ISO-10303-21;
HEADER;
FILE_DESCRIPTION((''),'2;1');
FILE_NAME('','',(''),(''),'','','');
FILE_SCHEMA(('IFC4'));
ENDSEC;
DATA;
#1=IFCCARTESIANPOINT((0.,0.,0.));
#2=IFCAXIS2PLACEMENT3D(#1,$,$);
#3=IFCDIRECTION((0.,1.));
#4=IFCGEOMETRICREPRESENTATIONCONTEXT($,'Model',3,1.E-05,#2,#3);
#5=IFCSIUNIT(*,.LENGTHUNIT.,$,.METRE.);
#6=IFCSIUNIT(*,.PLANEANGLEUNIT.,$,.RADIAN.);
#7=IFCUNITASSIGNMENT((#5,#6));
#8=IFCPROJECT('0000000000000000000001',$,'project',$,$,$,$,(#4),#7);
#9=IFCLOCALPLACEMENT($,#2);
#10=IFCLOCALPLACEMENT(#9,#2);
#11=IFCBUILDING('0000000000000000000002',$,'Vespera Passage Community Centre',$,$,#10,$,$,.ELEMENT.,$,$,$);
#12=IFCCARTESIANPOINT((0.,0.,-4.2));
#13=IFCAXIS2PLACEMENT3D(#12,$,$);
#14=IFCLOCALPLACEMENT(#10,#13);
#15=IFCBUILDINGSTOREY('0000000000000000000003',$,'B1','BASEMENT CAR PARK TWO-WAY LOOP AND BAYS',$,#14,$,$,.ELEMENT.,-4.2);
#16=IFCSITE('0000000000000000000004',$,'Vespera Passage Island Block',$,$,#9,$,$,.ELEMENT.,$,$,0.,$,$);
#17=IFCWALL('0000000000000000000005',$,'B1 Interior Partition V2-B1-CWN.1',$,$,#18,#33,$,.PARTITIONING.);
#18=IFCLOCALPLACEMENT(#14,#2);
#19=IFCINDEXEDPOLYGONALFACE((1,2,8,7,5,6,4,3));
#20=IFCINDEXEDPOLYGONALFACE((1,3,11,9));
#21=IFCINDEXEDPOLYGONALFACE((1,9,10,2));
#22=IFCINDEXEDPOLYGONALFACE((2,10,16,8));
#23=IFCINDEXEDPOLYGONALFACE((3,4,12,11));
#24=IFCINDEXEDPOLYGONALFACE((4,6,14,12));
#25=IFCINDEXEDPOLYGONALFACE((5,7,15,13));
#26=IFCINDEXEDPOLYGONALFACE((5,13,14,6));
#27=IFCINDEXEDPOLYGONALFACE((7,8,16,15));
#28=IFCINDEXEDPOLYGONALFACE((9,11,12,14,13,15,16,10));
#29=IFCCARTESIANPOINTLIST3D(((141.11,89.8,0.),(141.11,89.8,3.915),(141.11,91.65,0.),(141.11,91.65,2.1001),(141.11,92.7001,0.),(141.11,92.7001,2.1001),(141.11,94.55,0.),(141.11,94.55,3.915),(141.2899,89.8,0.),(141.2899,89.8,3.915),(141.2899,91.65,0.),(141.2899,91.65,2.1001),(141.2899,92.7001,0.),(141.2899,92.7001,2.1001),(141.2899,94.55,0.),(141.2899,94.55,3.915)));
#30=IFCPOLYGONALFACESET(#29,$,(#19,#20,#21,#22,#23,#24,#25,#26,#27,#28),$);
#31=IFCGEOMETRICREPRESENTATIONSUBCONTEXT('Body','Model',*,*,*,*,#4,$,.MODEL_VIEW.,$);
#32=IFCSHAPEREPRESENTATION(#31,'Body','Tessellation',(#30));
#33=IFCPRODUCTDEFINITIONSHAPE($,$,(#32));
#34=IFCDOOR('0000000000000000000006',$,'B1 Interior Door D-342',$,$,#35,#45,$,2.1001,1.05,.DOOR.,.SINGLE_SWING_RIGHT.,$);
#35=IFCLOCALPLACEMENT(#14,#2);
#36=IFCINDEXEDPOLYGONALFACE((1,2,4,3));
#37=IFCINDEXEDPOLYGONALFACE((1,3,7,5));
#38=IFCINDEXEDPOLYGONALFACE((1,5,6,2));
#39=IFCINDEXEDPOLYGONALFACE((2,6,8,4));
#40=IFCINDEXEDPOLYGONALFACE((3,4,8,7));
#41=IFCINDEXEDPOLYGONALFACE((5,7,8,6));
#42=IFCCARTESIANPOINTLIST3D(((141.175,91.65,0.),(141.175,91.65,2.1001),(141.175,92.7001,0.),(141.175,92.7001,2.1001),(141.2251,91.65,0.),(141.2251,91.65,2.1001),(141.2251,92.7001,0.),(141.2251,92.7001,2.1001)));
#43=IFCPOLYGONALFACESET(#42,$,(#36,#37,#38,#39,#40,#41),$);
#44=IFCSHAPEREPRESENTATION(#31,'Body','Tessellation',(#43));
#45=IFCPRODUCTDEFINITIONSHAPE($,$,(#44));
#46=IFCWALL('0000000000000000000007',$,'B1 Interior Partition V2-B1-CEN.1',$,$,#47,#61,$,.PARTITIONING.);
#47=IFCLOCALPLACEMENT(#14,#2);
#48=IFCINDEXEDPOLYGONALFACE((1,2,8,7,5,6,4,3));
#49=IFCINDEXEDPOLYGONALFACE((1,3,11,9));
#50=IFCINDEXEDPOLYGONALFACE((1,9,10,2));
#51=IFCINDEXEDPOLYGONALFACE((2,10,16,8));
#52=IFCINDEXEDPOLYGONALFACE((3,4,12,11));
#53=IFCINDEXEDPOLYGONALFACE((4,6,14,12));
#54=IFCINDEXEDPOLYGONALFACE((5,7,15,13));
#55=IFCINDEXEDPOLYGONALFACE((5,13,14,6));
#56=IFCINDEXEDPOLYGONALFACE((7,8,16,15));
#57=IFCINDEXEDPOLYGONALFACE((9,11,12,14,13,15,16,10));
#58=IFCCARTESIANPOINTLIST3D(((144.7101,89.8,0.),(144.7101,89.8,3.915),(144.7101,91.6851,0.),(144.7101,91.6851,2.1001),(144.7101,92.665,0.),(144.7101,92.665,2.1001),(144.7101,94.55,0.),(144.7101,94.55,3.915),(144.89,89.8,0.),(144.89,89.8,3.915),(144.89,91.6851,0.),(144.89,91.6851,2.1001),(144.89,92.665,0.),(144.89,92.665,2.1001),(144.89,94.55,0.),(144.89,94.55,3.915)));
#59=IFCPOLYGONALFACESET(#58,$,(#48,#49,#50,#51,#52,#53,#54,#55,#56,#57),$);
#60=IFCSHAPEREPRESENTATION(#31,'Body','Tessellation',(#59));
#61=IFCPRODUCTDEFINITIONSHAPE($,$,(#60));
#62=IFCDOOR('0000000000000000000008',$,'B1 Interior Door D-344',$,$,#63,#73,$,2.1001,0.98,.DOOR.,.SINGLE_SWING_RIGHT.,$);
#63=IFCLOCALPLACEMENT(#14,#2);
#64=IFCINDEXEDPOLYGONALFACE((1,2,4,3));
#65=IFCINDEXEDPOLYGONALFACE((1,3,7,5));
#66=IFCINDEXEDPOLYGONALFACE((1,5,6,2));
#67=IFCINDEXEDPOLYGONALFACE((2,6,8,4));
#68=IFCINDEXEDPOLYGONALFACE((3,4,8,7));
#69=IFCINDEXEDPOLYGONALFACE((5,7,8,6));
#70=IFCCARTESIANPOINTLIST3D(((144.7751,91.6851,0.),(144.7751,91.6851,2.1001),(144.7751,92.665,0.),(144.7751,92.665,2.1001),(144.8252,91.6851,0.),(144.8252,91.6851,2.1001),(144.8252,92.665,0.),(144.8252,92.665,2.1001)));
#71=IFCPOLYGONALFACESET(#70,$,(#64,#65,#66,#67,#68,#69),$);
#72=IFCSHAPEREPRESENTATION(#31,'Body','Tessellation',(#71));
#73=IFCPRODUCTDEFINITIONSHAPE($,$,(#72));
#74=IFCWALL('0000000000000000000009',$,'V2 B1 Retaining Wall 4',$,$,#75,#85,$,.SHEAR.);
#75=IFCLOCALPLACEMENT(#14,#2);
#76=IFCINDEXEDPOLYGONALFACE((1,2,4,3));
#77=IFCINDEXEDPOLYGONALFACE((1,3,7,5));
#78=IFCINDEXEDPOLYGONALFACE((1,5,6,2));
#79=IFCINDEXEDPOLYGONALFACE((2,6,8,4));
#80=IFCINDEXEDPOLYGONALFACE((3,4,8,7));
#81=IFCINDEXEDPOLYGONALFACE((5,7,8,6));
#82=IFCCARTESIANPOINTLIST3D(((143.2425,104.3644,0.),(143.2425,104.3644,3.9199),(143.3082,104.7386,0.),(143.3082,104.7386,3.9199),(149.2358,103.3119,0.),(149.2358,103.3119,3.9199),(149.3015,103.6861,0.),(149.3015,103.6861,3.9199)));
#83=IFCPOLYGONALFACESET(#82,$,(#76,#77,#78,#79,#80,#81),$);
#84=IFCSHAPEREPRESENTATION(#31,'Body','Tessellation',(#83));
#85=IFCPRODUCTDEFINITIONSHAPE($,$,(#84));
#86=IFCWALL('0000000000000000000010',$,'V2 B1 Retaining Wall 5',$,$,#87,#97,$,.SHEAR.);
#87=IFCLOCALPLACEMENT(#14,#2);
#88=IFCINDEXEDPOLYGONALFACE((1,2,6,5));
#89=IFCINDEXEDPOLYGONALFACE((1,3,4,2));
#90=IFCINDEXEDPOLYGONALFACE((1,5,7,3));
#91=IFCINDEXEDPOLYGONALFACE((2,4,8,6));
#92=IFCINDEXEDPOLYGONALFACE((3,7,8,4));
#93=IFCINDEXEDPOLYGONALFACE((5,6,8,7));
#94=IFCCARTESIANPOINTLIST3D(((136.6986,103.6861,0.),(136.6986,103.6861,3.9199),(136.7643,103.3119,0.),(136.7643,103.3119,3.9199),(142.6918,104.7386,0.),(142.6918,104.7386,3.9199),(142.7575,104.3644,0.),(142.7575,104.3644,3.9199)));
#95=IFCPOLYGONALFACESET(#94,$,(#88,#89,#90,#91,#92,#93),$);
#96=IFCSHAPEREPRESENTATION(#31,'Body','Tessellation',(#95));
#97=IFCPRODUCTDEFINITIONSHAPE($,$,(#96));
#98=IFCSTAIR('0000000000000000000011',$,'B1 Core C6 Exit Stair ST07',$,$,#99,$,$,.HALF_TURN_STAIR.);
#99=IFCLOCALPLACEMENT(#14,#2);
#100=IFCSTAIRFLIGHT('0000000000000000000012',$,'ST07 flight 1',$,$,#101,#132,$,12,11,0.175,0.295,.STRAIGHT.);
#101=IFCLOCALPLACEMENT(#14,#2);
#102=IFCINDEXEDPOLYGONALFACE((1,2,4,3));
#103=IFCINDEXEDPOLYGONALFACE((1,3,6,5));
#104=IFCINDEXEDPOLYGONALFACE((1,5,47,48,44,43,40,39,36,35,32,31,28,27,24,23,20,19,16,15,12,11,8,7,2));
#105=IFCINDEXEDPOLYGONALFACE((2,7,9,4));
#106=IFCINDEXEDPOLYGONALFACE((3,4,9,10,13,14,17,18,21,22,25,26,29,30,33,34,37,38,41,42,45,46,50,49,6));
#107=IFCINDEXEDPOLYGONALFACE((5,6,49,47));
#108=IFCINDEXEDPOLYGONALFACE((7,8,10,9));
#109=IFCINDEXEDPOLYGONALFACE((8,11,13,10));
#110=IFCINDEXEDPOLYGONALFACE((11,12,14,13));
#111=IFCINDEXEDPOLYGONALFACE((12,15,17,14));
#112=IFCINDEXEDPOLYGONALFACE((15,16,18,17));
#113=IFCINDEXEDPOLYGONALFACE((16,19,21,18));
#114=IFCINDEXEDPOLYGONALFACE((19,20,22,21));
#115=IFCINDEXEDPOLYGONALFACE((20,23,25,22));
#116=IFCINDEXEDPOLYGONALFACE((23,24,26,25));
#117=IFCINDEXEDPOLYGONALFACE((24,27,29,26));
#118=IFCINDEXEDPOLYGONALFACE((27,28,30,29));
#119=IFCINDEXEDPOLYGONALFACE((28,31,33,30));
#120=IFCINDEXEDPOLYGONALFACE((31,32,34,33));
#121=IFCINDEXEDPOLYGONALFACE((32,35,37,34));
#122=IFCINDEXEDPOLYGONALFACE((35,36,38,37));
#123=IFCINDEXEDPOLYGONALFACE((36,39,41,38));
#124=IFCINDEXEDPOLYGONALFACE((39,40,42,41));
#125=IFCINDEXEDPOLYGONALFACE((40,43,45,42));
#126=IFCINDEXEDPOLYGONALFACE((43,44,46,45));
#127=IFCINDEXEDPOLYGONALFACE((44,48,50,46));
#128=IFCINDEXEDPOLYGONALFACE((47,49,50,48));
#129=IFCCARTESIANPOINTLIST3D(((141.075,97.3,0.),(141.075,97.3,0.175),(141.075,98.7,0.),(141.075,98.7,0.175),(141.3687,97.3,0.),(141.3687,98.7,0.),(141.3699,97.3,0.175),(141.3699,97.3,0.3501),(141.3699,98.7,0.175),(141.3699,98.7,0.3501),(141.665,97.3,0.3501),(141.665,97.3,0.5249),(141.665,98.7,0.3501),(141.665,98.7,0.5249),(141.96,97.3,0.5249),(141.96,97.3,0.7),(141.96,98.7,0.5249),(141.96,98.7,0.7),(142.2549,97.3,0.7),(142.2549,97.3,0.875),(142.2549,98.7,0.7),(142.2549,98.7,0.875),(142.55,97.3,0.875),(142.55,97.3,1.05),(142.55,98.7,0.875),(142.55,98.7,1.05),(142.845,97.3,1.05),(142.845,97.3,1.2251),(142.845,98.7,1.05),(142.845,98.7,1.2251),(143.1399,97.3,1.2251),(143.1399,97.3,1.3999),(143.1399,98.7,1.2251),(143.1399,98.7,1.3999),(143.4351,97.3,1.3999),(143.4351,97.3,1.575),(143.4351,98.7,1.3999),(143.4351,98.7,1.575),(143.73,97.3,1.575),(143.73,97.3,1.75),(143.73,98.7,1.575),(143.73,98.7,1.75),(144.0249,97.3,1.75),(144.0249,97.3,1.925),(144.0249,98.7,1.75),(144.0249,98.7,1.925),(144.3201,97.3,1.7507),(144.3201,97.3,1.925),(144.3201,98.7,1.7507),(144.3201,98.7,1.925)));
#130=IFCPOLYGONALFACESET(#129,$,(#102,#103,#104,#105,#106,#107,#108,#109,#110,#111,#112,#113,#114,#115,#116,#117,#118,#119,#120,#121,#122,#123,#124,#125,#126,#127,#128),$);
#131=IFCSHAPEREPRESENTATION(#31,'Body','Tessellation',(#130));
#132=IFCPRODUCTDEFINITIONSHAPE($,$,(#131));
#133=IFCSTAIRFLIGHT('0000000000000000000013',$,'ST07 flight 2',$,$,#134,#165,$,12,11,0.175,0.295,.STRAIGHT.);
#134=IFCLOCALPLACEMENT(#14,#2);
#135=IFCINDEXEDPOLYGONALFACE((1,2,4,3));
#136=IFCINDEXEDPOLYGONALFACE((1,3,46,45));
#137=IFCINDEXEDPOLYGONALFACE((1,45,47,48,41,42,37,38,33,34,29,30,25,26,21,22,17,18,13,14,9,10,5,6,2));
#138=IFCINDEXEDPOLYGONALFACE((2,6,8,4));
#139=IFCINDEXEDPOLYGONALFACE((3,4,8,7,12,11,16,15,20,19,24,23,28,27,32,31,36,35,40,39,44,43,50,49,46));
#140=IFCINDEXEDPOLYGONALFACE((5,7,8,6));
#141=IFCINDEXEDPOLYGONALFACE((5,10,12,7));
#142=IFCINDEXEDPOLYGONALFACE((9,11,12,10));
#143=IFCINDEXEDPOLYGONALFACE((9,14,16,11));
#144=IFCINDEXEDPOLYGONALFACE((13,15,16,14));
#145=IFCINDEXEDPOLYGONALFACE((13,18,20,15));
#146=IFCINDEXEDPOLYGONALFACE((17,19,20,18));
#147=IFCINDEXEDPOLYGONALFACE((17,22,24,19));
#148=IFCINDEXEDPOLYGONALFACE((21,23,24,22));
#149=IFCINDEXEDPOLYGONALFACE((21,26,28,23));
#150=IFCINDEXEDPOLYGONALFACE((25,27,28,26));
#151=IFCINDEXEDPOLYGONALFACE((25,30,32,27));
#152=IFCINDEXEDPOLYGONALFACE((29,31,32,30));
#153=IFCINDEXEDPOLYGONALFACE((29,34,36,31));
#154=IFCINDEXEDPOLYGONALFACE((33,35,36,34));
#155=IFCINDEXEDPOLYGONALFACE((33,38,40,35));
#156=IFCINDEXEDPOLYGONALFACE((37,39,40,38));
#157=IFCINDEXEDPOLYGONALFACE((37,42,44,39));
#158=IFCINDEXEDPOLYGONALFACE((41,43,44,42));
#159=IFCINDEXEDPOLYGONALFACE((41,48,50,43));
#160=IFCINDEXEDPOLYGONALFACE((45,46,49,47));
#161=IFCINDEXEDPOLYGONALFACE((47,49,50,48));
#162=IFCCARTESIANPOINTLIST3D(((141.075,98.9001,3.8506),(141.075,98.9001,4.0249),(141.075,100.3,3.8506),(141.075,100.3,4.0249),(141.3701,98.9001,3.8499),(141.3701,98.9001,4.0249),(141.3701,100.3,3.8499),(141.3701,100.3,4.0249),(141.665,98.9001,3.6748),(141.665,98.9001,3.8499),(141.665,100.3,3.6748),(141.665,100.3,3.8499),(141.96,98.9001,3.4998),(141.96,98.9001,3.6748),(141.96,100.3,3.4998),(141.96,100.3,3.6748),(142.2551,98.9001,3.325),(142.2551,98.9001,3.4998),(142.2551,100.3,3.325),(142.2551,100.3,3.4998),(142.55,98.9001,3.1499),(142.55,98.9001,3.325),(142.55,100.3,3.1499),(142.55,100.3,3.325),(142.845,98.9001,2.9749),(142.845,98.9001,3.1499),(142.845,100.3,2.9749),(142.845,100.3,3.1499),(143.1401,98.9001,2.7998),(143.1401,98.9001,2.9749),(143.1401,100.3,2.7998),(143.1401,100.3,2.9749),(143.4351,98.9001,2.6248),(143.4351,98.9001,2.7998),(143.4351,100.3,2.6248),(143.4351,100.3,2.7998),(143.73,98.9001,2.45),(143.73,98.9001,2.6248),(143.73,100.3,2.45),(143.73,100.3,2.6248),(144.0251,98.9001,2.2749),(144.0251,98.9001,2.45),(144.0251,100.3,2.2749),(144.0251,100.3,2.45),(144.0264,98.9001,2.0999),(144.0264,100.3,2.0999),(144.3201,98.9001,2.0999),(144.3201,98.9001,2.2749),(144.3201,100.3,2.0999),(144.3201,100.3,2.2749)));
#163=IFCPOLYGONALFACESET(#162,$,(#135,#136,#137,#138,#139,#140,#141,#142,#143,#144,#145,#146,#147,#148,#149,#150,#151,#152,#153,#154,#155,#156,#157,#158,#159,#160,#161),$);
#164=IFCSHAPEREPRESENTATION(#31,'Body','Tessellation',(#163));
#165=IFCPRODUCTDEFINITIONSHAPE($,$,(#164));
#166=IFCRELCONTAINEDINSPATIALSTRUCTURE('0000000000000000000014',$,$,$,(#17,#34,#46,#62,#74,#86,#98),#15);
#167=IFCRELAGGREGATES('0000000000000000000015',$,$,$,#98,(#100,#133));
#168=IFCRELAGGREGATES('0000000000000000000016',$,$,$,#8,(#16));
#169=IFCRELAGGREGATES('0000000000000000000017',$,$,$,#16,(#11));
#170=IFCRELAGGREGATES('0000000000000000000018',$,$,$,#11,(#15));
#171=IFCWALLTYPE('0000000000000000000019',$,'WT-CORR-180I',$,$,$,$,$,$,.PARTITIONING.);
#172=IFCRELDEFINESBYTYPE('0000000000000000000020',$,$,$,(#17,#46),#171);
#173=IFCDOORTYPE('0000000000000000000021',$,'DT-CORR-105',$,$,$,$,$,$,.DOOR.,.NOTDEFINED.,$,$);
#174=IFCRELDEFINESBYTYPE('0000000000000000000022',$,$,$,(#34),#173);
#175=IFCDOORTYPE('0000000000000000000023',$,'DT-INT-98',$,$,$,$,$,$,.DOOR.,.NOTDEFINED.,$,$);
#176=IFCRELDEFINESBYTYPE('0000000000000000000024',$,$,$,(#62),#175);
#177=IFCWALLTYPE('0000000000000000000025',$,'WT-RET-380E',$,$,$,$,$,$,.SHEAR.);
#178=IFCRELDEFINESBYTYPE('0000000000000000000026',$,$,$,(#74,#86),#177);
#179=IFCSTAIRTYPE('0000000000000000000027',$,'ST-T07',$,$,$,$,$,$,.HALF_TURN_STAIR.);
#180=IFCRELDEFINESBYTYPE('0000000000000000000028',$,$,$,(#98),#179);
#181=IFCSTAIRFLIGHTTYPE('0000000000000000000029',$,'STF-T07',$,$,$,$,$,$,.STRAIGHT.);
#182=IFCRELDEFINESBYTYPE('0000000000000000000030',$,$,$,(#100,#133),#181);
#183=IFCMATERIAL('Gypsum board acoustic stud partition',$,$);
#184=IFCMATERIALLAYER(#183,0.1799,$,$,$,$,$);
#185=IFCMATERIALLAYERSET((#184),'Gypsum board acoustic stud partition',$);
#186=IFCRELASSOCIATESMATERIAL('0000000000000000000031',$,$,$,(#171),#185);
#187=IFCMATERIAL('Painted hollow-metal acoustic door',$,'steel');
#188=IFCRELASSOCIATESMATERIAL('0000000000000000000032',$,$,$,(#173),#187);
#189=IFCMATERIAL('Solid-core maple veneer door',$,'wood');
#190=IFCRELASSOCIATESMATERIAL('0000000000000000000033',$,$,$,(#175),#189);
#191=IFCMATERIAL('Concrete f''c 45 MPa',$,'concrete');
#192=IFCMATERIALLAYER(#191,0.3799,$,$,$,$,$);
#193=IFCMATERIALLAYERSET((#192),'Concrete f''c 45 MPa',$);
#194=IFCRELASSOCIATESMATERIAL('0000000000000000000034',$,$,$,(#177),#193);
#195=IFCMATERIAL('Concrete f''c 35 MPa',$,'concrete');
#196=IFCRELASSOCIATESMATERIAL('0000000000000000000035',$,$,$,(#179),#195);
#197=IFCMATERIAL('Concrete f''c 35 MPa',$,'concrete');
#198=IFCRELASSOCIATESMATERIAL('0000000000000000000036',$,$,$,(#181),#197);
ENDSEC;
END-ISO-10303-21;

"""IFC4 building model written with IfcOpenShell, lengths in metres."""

from ifc_helpers import new_model, si_unit, direction, frame, frame_2d, origin, place, context, subcontext, project, spatial, polyline, rectangle, outline, extrude, material, layer, layer_set, type_object, element, fill, aggregate, save


model = new_model("IFC4")

# Units and contexts
model_context = context("Model", 3, precision=1e-05, world=origin(), true_north=direction((0.0, 1.0)))
body_context = subcontext(model_context, "Body", "Model", "MODEL_VIEW")
ifc_project = project(units=[si_unit("LENGTHUNIT", "METRE"), si_unit("PLANEANGLEUNIT", "RADIAN")], contexts=[model_context])

# Site, building, storey
site_placement = place(None, origin())
site = spatial("IfcSite", under=ifc_project, at=site_placement, Name="Vespera Passage Island Block", CompositionType="ELEMENT", RefElevation=0.0)
building_placement = place(site_placement, origin())
building = spatial("IfcBuilding", under=site, at=building_placement, Name="Vespera Passage Community Centre", CompositionType="ELEMENT")
storey_placement = place(building_placement, frame((0.0, 0.0, -4.2)))
storey = spatial("IfcBuildingStorey", under=building, at=storey_placement, Name="B1", Description="BASEMENT CAR PARK TWO-WAY LOOP AND BAYS", CompositionType="ELEMENT", Elevation=-4.2)

# Walls, openings, doors
ifc_material_1 = material(Name="Gypsum board acoustic stud partition")
ifc_layer_1 = layer(ifc_material_1, 0.1799)
ifc_layer_set_1 = layer_set([ifc_layer_1], Name="Gypsum board acoustic stud partition")
wall_type_1 = type_object("IfcWallType", Name="WT-CORR-180I", PredefinedType="PARTITIONING", material=ifc_layer_set_1)
wall_1_placement = place(storey_placement, frame((141.2, 89.8, 0.0), z_axis=(0.0, 0.0, 1.0), x_axis=(0.0, 1.0, 0.0)))
wall_1 = element("IfcWall", 1, at=wall_1_placement, inside=storey, type_object=wall_type_1, Name="B1 Interior Partition V2-B1-CWN.1", PredefinedType="PARTITIONING", context=body_context, shape_type="SweptSolid", body=[
    extrude(rectangle(XDim=4.75, YDim=0.1799, at=frame_2d((2.375, 0.0))), origin(), (0.0, 0.0, 1.0), 3.915),
])
opening_1_placement = place(wall_1_placement, frame((1.8501, 0.0, 0.0)))
opening_1 = element("IfcOpeningElement", 2, at=opening_1_placement, cuts=wall_1, PredefinedType="OPENING", context=body_context, shape_type="SweptSolid", body=[
    extrude(rectangle(XDim=1.05, YDim=2.1001, at=frame_2d((0.5249, 1.05))), frame((0.0, 0.0999, 0.0), z_axis=(0.0, -1.0, 0.0), x_axis=(1.0, 0.0, 0.0)), (0.0, 0.0, 1.0), 0.2),
])
ifc_material_2 = material(Name="Painted hollow-metal acoustic door", Category="steel")
door_type_1 = type_object("IfcDoorType", Name="DT-CORR-105", OperationType="NOTDEFINED", PredefinedType="DOOR", material=ifc_material_2)
door_1_placement = place(opening_1_placement, origin())
door_1 = element("IfcDoor", 3, at=door_1_placement, inside=storey, type_object=door_type_1, Name="B1 Interior Door D-342", OperationType="SINGLE_SWING_RIGHT", OverallHeight=2.1001, OverallWidth=1.05, PredefinedType="DOOR", context=body_context, shape_type="SweptSolid", body=[
    extrude(rectangle(XDim=1.05, YDim=2.1001, at=frame_2d((0.5249, 1.05))), frame((0.0, 0.0249, 0.0), z_axis=(0.0, -1.0, 0.0), x_axis=(1.0, 0.0, 0.0)), (0.0, 0.0, 1.0), 0.05),
])
fill(opening_1, door_1)
wall_2_placement = place(storey_placement, frame((144.8, 89.8, 0.0), z_axis=(0.0, 0.0, 1.0), x_axis=(0.0, 1.0, 0.0)))
wall_2 = element("IfcWall", 4, at=wall_2_placement, inside=storey, type_object=wall_type_1, Name="B1 Interior Partition V2-B1-CEN.1", PredefinedType="PARTITIONING", context=body_context, shape_type="SweptSolid", body=[
    extrude(rectangle(XDim=4.75, YDim=0.1799, at=frame_2d((2.375, 0.0))), origin(), (0.0, 0.0, 1.0), 3.915),
])
opening_2_placement = place(wall_2_placement, frame((1.885, 0.0, 0.0)))
opening_2 = element("IfcOpeningElement", 5, at=opening_2_placement, cuts=wall_2, PredefinedType="OPENING", context=body_context, shape_type="SweptSolid", body=[
    extrude(rectangle(XDim=0.98, YDim=2.1001, at=frame_2d((0.49, 1.05))), frame((0.0, 0.0999, 0.0), z_axis=(0.0, -1.0, 0.0), x_axis=(1.0, 0.0, 0.0)), (0.0, 0.0, 1.0), 0.2),
])
ifc_material_3 = material(Name="Solid-core maple veneer door", Category="wood")
door_type_2 = type_object("IfcDoorType", Name="DT-INT-98", OperationType="NOTDEFINED", PredefinedType="DOOR", material=ifc_material_3)
door_2_placement = place(opening_2_placement, origin())
door_2 = element("IfcDoor", 6, at=door_2_placement, inside=storey, type_object=door_type_2, Name="B1 Interior Door D-344", OperationType="SINGLE_SWING_RIGHT", OverallHeight=2.1001, OverallWidth=0.98, PredefinedType="DOOR", context=body_context, shape_type="SweptSolid", body=[
    extrude(rectangle(XDim=0.98, YDim=2.1001, at=frame_2d((0.49, 1.05))), frame((0.0, 0.0249, 0.0), z_axis=(0.0, -1.0, 0.0), x_axis=(1.0, 0.0, 0.0)), (0.0, 0.0, 1.0), 0.05),
])
fill(opening_2, door_2)

# Walls
ifc_material_4 = material(Name="Concrete f'c 45 MPa", Category="concrete")
ifc_layer_2 = layer(ifc_material_4, 0.3799)
ifc_layer_set_2 = layer_set([ifc_layer_2], Name="Concrete f'c 45 MPa")
wall_type_2 = type_object("IfcWallType", Name="WT-RET-380E", PredefinedType="SHEAR", material=ifc_layer_set_2)
for number, where, z_axis, x_axis, name in (
    (7, (143.2754, 104.5515, 0.0), (0.0, 0.0, 1.0), (0.984927, -0.172968, 0.0), "V2 B1 Retaining Wall 4"),
    (8, (136.7314, 103.499, 0.0), (0.0, 0.0, 1.0), (0.984927, 0.172968, 0.0), "V2 B1 Retaining Wall 5"),
):
    element("IfcWall", number, at=place(storey_placement, frame(where, z_axis=z_axis, x_axis=x_axis)), inside=storey, type_object=wall_type_2, Name=name, PredefinedType="SHEAR", context=body_context, shape_type="SweptSolid", body=[
        extrude(rectangle(XDim=6.085, YDim=0.3799, at=frame_2d((3.0425, 0.0))), origin(), (0.0, 0.0, 1.0), 3.9199),
    ])

# Stair, stair flights
ifc_material_5 = material(Name="Concrete f'c 35 MPa", Category="concrete")
stair_type = type_object("IfcStairType", Name="ST-T07", PredefinedType="HALF_TURN_STAIR", material=ifc_material_5)
stair_placement = place(storey_placement, origin())
stair = element("IfcStair", 9, at=stair_placement, inside=storey, type_object=stair_type, Name="B1 Core C6 Exit Stair ST07", PredefinedType="HALF_TURN_STAIR")
ifc_material_6 = material(Name="Concrete f'c 35 MPa", Category="concrete")
stair_flight_type = type_object("IfcStairFlightType", Name="STF-T07", PredefinedType="STRAIGHT", material=ifc_material_6)
stair_flight_1_placement = place(storey_placement, frame((141.075, 98.0, 0.0), z_axis=(0.0, 0.0, 1.0), x_axis=(1.0, 0.0, 0.0)))
stair_flight_1 = element("IfcStairFlight", 10, at=stair_flight_1_placement, type_object=stair_flight_type, Name="ST07 flight 1", NumberOfRisers=12, NumberOfTreads=11, PredefinedType="STRAIGHT", RiserHeight=0.175, TreadLength=0.295, context=body_context, shape_type="SweptSolid", body=[
    extrude(outline(polyline([(0.0, 0.0), (0.0, 0.175), (0.2949, 0.175), (0.2949, 0.3501), (0.5901, 0.3501), (0.5901, 0.5249), (0.885, 0.5249), (0.885, 0.7), (1.1799, 0.7), (1.1799, 0.875), (1.4751, 0.875), (1.4751, 1.05), (1.77, 1.05), (1.77, 1.2251), (2.0649, 1.2251), (2.0649, 1.3999), (2.3601, 1.3999), (2.3601, 1.575), (2.655, 1.575), (2.655, 1.75), (2.95, 1.75), (2.95, 1.925), (3.2451, 1.925), (3.2451, 2.1001), (3.2451, 1.7507), (0.2937, 0.0), (0.0, 0.0)])), frame((0.0, 0.7, 0.0), z_axis=(0.0, -1.0, 0.0), x_axis=(1.0, 0.0, 0.0)), (0.0, 0.0, 1.0), 1.3999),
])
stair_flight_2_placement = place(storey_placement, frame((144.3201, 99.6001, 2.0999), z_axis=(0.0, 0.0, 1.0), x_axis=(-1.0, 0.0, 0.0)))
stair_flight_2 = element("IfcStairFlight", 11, at=stair_flight_2_placement, type_object=stair_flight_type, Name="ST07 flight 2", NumberOfRisers=12, NumberOfTreads=11, PredefinedType="STRAIGHT", RiserHeight=0.175, TreadLength=0.295, context=body_context, shape_type="SweptSolid", body=[
    extrude(outline(polyline([(0.0, 0.0), (0.0, 0.175), (0.2949, 0.175), (0.2949, 0.3501), (0.5901, 0.3501), (0.5901, 0.5249), (0.885, 0.5249), (0.885, 0.7), (1.1799, 0.7), (1.1799, 0.875), (1.4751, 0.875), (1.4751, 1.05), (1.77, 1.05), (1.77, 1.2251), (2.0649, 1.2251), (2.0649, 1.3999), (2.3601, 1.3999), (2.3601, 1.575), (2.655, 1.575), (2.655, 1.75), (2.95, 1.75), (2.95, 1.925), (3.2451, 1.925), (3.2451, 2.1001), (3.2451, 1.7507), (0.2937, 0.0), (0.0, 0.0)])), frame((0.0, 0.7, 0.0), z_axis=(0.0, -1.0, 0.0), x_axis=(1.0, 0.0, 0.0)), (0.0, 0.0, 1.0), 1.3999),
])
aggregate(stair, [stair_flight_1, stair_flight_2])

save(model, "model.ifc")
